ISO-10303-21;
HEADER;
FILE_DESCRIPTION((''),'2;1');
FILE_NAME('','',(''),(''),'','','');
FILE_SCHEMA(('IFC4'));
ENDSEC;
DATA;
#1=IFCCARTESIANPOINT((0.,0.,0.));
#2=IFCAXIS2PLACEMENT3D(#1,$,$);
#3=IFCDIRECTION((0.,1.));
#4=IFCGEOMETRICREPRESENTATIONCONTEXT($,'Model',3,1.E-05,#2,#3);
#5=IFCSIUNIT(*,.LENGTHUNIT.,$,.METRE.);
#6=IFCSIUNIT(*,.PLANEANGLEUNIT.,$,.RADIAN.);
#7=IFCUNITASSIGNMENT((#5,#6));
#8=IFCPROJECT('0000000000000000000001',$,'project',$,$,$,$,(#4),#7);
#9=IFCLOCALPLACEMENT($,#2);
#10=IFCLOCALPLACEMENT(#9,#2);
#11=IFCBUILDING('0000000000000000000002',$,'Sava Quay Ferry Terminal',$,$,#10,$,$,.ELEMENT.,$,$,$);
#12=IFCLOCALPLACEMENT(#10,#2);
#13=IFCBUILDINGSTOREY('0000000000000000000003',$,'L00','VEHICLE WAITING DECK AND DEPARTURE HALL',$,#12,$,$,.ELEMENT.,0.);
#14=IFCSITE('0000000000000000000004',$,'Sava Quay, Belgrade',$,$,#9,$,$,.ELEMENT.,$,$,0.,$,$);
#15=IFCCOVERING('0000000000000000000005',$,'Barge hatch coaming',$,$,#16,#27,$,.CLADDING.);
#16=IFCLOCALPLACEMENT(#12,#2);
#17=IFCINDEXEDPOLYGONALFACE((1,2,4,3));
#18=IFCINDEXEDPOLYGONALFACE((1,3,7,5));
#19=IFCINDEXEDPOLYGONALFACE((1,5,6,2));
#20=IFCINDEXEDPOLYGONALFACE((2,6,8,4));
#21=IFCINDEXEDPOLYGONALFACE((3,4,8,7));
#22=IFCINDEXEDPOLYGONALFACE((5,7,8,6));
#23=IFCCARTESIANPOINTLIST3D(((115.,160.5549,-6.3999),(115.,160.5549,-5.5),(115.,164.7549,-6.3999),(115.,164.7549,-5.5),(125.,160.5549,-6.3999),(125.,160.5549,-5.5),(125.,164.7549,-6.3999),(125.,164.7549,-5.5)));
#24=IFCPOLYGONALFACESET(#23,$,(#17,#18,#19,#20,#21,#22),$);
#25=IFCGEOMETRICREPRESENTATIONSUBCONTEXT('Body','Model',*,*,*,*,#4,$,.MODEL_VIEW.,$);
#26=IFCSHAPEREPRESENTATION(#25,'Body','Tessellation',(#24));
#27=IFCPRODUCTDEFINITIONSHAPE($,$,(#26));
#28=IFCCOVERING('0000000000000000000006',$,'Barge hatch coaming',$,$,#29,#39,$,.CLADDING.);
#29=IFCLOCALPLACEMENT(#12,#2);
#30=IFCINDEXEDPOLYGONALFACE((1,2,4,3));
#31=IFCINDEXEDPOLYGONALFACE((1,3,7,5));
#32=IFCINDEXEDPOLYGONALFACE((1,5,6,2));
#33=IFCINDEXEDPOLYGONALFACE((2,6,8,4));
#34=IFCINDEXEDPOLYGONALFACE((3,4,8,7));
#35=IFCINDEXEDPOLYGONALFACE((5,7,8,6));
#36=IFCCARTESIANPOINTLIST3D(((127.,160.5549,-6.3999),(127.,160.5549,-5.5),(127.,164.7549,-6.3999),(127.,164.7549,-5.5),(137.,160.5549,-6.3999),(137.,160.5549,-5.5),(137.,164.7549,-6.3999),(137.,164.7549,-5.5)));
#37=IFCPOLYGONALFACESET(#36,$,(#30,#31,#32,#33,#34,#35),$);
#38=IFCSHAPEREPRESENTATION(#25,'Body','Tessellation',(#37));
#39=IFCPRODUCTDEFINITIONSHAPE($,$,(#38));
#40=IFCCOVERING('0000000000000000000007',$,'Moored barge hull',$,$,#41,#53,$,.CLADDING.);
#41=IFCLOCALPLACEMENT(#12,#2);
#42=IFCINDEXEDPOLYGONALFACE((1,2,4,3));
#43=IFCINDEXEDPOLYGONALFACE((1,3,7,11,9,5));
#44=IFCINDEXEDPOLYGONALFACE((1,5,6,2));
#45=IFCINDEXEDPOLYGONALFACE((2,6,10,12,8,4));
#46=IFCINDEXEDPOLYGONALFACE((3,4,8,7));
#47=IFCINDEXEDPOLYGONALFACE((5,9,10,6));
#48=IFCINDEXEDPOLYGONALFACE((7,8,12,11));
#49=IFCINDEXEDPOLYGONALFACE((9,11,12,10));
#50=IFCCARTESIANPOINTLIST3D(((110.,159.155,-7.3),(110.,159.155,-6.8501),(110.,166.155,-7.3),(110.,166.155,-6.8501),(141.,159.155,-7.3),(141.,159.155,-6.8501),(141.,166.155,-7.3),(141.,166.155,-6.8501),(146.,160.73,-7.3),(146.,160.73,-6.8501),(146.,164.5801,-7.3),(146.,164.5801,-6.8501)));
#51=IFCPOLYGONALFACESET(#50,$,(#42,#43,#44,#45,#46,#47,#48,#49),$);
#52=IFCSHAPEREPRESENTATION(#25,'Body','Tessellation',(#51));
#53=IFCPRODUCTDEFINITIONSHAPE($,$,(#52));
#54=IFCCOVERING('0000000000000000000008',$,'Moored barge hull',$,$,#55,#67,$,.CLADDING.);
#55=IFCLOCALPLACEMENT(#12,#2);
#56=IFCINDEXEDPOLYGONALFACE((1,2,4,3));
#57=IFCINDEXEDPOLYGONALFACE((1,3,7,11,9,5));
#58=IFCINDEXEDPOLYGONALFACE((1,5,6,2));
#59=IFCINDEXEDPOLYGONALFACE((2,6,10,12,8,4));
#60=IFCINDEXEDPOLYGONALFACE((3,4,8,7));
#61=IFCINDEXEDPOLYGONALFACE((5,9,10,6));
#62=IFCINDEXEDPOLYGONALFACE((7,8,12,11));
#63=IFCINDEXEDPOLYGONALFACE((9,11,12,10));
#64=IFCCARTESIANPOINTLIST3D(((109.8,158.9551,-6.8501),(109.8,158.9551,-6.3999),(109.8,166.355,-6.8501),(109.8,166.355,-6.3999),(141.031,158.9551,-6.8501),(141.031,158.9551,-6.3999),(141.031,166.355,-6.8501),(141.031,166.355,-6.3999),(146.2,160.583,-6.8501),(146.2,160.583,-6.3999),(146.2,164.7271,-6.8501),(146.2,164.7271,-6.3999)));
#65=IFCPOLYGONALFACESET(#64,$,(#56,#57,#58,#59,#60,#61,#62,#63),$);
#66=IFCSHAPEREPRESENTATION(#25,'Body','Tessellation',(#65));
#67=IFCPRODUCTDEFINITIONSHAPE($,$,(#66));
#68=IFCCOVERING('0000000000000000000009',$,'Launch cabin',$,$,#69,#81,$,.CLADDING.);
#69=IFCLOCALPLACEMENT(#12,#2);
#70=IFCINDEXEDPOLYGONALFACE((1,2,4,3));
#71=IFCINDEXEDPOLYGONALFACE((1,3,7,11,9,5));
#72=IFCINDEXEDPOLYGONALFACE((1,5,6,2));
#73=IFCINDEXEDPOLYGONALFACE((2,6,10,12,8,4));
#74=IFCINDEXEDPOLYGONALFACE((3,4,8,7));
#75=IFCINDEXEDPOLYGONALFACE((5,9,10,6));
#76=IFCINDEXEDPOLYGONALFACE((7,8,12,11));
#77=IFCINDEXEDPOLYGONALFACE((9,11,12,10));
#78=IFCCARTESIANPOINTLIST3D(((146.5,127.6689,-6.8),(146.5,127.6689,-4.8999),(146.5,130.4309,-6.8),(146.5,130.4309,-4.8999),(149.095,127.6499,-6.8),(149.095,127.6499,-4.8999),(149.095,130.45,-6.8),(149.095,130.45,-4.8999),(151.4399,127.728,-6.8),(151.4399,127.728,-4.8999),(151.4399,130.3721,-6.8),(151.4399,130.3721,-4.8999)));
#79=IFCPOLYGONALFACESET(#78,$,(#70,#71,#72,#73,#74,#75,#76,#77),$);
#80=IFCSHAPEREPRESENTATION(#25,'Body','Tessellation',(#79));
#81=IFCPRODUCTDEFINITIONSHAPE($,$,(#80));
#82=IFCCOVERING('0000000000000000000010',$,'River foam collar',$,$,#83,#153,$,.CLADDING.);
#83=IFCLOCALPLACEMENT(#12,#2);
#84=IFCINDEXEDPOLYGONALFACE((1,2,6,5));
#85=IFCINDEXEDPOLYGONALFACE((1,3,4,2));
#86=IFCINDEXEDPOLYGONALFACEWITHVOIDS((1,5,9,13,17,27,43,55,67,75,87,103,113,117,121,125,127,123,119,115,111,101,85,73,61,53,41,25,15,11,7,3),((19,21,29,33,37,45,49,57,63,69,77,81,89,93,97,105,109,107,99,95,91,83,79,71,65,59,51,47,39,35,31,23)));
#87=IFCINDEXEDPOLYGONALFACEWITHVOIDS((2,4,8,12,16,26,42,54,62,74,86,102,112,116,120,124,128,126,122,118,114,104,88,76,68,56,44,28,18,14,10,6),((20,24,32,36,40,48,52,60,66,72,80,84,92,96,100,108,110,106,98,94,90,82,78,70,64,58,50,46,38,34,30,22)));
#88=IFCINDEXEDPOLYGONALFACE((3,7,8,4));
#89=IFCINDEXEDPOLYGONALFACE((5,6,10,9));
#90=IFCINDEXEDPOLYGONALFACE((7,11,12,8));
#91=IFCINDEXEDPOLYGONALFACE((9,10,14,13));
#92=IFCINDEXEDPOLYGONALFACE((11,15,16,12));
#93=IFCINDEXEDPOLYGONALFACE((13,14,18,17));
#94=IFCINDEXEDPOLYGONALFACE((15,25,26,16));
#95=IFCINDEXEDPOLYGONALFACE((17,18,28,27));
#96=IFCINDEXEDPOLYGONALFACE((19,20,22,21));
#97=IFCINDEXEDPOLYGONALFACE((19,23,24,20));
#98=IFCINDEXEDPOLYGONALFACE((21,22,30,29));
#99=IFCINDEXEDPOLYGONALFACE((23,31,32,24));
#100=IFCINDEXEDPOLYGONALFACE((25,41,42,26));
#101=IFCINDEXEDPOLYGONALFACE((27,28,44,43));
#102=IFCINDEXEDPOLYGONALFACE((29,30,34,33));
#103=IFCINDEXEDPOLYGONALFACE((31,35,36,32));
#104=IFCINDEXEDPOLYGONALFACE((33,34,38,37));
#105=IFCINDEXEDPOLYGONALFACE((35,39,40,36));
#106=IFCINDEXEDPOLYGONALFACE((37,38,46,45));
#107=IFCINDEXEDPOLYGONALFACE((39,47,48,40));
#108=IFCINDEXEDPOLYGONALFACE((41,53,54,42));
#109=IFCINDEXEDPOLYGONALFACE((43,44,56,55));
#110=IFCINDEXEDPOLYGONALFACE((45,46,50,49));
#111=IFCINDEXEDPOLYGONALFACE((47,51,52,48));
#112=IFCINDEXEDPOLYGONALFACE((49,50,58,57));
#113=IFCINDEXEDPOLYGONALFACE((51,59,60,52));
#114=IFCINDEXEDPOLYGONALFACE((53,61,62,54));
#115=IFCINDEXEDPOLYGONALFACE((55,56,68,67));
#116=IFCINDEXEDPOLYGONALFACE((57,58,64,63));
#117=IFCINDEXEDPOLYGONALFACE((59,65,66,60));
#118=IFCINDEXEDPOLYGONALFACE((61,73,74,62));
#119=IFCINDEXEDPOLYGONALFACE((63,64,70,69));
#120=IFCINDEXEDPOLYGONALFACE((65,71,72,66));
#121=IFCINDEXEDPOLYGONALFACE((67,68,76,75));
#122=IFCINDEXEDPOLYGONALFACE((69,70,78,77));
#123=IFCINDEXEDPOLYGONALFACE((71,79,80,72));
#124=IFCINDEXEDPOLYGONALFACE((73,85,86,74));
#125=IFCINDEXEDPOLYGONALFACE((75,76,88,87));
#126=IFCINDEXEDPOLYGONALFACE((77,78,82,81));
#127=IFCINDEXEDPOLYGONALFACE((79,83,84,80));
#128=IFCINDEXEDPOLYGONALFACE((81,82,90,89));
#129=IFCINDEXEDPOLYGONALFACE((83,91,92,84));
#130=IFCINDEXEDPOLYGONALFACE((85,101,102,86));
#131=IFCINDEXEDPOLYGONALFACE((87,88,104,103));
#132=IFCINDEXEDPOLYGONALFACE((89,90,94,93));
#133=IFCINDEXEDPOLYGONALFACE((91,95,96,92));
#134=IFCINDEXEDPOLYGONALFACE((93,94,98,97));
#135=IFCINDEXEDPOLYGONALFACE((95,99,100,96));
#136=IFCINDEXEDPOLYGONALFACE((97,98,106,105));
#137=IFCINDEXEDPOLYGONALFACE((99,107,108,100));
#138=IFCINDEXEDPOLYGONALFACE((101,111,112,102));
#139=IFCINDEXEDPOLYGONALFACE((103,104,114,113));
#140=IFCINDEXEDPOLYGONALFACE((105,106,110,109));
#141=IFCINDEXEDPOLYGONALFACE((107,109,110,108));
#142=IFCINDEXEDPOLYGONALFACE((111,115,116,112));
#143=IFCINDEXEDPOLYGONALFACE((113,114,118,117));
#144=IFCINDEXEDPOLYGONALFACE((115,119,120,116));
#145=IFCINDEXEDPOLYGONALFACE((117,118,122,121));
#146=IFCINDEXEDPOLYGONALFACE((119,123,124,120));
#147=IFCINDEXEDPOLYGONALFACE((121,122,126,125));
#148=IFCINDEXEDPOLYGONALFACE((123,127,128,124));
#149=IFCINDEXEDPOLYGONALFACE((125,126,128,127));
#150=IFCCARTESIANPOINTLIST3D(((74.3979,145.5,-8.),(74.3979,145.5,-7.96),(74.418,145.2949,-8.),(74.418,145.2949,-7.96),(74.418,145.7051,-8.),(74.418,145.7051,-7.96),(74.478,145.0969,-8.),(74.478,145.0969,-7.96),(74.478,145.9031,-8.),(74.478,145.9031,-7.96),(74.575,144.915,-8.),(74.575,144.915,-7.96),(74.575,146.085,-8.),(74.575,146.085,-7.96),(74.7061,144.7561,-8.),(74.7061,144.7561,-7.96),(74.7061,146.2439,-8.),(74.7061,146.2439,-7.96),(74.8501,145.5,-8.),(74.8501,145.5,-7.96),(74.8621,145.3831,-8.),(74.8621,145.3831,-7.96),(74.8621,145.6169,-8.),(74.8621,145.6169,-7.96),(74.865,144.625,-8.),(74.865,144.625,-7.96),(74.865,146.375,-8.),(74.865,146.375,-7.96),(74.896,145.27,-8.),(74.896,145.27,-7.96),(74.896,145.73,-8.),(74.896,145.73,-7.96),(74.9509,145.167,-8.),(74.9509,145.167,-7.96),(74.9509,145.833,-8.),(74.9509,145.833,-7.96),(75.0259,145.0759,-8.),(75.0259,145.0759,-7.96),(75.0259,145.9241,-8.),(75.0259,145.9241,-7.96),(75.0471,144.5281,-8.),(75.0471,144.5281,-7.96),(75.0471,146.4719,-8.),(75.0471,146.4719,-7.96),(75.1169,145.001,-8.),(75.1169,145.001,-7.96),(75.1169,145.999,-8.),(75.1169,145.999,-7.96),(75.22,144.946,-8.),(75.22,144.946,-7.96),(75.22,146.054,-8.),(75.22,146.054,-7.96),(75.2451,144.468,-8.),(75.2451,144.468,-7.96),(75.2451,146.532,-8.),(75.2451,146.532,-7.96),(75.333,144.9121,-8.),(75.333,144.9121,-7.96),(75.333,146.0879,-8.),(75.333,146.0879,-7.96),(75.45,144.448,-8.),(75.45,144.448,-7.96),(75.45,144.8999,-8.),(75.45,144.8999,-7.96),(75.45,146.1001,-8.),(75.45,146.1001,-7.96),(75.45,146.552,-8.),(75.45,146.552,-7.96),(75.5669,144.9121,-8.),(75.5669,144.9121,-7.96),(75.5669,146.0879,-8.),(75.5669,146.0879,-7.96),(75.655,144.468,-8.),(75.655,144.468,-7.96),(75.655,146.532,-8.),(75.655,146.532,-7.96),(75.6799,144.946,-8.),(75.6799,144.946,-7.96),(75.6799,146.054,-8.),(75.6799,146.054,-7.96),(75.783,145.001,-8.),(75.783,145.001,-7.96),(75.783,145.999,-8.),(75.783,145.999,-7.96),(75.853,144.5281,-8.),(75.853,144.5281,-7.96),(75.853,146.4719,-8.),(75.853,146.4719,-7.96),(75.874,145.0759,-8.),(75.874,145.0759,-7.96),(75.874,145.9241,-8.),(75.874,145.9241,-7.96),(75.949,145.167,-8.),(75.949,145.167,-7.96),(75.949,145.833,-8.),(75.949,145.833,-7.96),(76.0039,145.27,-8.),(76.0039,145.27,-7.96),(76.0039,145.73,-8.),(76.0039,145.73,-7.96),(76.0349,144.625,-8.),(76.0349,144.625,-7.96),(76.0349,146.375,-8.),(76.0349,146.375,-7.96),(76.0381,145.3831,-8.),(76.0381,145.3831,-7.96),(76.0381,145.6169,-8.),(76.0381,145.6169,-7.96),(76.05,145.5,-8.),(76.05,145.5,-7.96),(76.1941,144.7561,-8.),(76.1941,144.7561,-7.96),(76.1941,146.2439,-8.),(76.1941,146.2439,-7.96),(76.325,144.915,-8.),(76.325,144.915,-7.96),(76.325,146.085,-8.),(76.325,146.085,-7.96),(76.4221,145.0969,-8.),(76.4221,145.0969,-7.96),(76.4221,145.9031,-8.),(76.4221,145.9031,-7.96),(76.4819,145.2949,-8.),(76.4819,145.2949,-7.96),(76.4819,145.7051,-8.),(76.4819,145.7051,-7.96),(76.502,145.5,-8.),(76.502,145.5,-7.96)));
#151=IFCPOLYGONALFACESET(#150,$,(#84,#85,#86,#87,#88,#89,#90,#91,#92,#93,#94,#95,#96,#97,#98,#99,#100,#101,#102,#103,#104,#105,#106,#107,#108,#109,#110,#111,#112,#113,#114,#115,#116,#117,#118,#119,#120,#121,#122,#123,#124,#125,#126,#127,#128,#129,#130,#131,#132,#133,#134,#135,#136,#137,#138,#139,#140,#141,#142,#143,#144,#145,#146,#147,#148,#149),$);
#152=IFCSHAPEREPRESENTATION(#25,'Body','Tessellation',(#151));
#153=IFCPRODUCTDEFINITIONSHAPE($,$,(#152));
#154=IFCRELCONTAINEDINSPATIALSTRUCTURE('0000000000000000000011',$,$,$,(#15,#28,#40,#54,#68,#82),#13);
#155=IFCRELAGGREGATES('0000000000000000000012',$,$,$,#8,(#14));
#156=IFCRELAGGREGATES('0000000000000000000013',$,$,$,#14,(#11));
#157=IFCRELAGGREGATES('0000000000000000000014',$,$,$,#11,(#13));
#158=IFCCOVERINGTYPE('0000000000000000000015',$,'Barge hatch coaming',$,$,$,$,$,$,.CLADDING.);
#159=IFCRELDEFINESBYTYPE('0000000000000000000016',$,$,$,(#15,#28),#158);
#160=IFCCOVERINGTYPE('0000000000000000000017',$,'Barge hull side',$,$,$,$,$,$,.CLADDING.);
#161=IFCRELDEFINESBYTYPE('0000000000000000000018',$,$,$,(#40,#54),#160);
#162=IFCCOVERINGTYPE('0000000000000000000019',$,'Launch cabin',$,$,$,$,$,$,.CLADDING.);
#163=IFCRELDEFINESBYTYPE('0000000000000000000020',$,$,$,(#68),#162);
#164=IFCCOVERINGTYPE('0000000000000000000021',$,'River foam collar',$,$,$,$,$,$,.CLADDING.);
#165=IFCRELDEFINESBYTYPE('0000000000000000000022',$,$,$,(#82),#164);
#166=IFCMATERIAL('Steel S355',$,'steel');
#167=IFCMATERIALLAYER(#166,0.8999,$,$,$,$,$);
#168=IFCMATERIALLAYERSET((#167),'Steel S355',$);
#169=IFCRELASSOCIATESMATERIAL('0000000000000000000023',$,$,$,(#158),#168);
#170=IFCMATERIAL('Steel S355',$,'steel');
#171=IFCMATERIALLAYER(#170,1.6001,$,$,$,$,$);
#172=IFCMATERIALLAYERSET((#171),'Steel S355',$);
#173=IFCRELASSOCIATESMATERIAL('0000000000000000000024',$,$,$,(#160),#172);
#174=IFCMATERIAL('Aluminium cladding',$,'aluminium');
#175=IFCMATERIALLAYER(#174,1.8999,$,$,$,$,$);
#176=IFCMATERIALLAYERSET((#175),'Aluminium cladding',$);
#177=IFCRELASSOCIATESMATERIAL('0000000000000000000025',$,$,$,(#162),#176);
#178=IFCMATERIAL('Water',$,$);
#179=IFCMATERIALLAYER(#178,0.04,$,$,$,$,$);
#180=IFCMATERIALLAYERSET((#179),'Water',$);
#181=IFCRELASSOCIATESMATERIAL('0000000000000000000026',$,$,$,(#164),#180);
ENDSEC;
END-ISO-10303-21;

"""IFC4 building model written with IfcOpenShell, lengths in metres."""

from ifc_helpers import new_model, si_unit, direction, frame, origin, place, context, subcontext, project, spatial, polyline, outline, extrude, material, layer, layer_set, type_object, element, save


model = new_model("IFC4")

# Units and contexts
model_context = context("Model", 3, precision=1e-05, world=origin(), true_north=direction((0.0, 1.0)))
body_context = subcontext(model_context, "Body", "Model", "MODEL_VIEW")
ifc_project = project(units=[si_unit("LENGTHUNIT", "METRE"), si_unit("PLANEANGLEUNIT", "RADIAN")], contexts=[model_context])

# Site, building, storey
site_placement = place(None, origin())
site = spatial("IfcSite", under=ifc_project, at=site_placement, Name="Sava Quay, Belgrade", CompositionType="ELEMENT", RefElevation=0.0)
building_placement = place(site_placement, origin())
building = spatial("IfcBuilding", under=site, at=building_placement, Name="Sava Quay Ferry Terminal", CompositionType="ELEMENT")
storey_placement = place(building_placement, origin())
storey = spatial("IfcBuildingStorey", under=building, at=storey_placement, Name="L00", Description="VEHICLE WAITING DECK AND DEPARTURE HALL", CompositionType="ELEMENT", Elevation=0.0)

# Coverings
ifc_material_1 = material(Name="Steel S355", Category="steel")
ifc_layer_1 = layer(ifc_material_1, 0.8999)
ifc_layer_set_1 = layer_set([ifc_layer_1], Name="Steel S355")
covering_type_1 = type_object("IfcCoveringType", Name="Barge hatch coaming", PredefinedType="CLADDING", material=ifc_layer_set_1)
covering_1_placement = place(storey_placement, frame((0.0, 0.0, -6.3999)))
element("IfcCovering", 1, at=covering_1_placement, inside=storey, type_object=covering_type_1, Name="Barge hatch coaming", PredefinedType="CLADDING", context=body_context, shape_type="SweptSolid", body=[
    extrude(outline(polyline([(125.0, 160.5549), (125.0, 164.7549), (115.0, 164.7549), (115.0, 160.5549), (125.0, 160.5549)])), origin(), (0.0, 0.0, 1.0), 0.8999),
])
covering_2_placement = place(storey_placement, frame((0.0, 0.0, -6.3999)))
element("IfcCovering", 2, at=covering_2_placement, inside=storey, type_object=covering_type_1, Name="Barge hatch coaming", PredefinedType="CLADDING", context=body_context, shape_type="SweptSolid", body=[
    extrude(outline(polyline([(137.0, 160.5549), (137.0, 164.7549), (127.0, 164.7549), (127.0, 160.5549), (137.0, 160.5549)])), origin(), (0.0, 0.0, 1.0), 0.8999),
])
ifc_material_2 = material(Name="Steel S355", Category="steel")
ifc_layer_2 = layer(ifc_material_2, 1.6001)
ifc_layer_set_2 = layer_set([ifc_layer_2], Name="Steel S355")
covering_type_2 = type_object("IfcCoveringType", Name="Barge hull side", PredefinedType="CLADDING", material=ifc_layer_set_2)
covering_3_placement = place(storey_placement, frame((0.0, 0.0, -7.3)))
element("IfcCovering", 3, at=covering_3_placement, inside=storey, type_object=covering_type_2, Name="Moored barge hull", PredefinedType="CLADDING", context=body_context, shape_type="SweptSolid", body=[
    extrude(outline(polyline([(110.0, 159.155), (141.0, 159.155), (146.0, 160.73), (146.0, 164.5801), (141.0, 166.155), (110.0, 166.155), (110.0, 159.155)])), origin(), (0.0, 0.0, 1.0), 0.45),
])
covering_4_placement = place(storey_placement, frame((0.0, 0.0, -6.8501)))
element("IfcCovering", 4, at=covering_4_placement, inside=storey, type_object=covering_type_2, Name="Moored barge hull", PredefinedType="CLADDING", context=body_context, shape_type="SweptSolid", body=[
    extrude(outline(polyline([(109.8, 158.9551), (141.031, 158.9551), (146.2, 160.583), (146.2, 164.7271), (141.031, 166.355), (109.8, 166.355), (109.8, 158.9551)])), origin(), (0.0, 0.0, 1.0), 0.4502),
])
ifc_material_3 = material(Name="Aluminium cladding", Category="aluminium")
ifc_layer_3 = layer(ifc_material_3, 1.8999)
ifc_layer_set_3 = layer_set([ifc_layer_3], Name="Aluminium cladding")
covering_type_3 = type_object("IfcCoveringType", Name="Launch cabin", PredefinedType="CLADDING", material=ifc_layer_set_3)
covering_5_placement = place(storey_placement, frame((0.0, 0.0, -6.8)))
element("IfcCovering", 5, at=covering_5_placement, inside=storey, type_object=covering_type_3, Name="Launch cabin", PredefinedType="CLADDING", context=body_context, shape_type="SweptSolid", body=[
    extrude(outline(polyline([(149.095, 130.45), (146.5, 130.4309), (146.5, 127.6689), (149.095, 127.6499), (151.4399, 127.728), (151.4399, 130.3721), (149.095, 130.45)])), origin(), (0.0, 0.0, 1.0), 1.9001),
])
ifc_material_4 = material(Name="Water")
ifc_layer_4 = layer(ifc_material_4, 0.04)
ifc_layer_set_4 = layer_set([ifc_layer_4], Name="Water")
covering_type_4 = type_object("IfcCoveringType", Name="River foam collar", PredefinedType="CLADDING", material=ifc_layer_set_4)
covering_6_placement = place(storey_placement, frame((0.0, 0.0, -8.0)))
element("IfcCovering", 6, at=covering_6_placement, inside=storey, type_object=covering_type_4, Name="River foam collar", PredefinedType="CLADDING", context=body_context, shape_type="SweptSolid", body=[
    extrude(outline(polyline([(75.0471, 146.4719), (74.865, 146.375), (74.7061, 146.2439), (74.575, 146.085), (74.478, 145.9031), (74.418, 145.7051), (74.3979, 145.5), (74.418, 145.2949), (74.478, 145.0969), (74.575, 144.915), (74.7061, 144.7561), (74.865, 144.625), (75.0471, 144.5281), (75.2451, 144.468), (75.45, 144.448), (75.655, 144.468), (75.853, 144.5281), (76.0349, 144.625), (76.1941, 144.7561), (76.325, 144.915), (76.4221, 145.0969), (76.4819, 145.2949), (76.502, 145.5), (76.4819, 145.7051), (76.4221, 145.9031), (76.325, 146.085), (76.1941, 146.2439), (76.0349, 146.375), (75.853, 146.4719), (75.655, 146.532), (75.45, 146.552), (75.2451, 146.532), (75.0471, 146.4719)]), holes=[polyline([(75.22, 144.946), (75.1169, 145.001), (75.0259, 145.0759), (74.9509, 145.167), (74.896, 145.27), (74.8621, 145.3831), (74.8501, 145.5), (74.8621, 145.6169), (74.896, 145.73), (74.9509, 145.833), (75.0259, 145.9241), (75.1169, 145.999), (75.22, 146.054), (75.333, 146.0879), (75.45, 146.1001), (75.5669, 146.0879), (75.6799, 146.054), (75.783, 145.999), (75.874, 145.9241), (75.949, 145.833), (76.0039, 145.73), (76.0381, 145.6169), (76.05, 145.5), (76.0381, 145.3831), (76.0039, 145.27), (75.949, 145.167), (75.874, 145.0759), (75.783, 145.001), (75.6799, 144.946), (75.5669, 144.9121), (75.45, 144.8999), (75.333, 144.9121), (75.22, 144.946)])]), origin(), (0.0, 0.0, 1.0), 0.04),
])

save(model, "model.ifc")
